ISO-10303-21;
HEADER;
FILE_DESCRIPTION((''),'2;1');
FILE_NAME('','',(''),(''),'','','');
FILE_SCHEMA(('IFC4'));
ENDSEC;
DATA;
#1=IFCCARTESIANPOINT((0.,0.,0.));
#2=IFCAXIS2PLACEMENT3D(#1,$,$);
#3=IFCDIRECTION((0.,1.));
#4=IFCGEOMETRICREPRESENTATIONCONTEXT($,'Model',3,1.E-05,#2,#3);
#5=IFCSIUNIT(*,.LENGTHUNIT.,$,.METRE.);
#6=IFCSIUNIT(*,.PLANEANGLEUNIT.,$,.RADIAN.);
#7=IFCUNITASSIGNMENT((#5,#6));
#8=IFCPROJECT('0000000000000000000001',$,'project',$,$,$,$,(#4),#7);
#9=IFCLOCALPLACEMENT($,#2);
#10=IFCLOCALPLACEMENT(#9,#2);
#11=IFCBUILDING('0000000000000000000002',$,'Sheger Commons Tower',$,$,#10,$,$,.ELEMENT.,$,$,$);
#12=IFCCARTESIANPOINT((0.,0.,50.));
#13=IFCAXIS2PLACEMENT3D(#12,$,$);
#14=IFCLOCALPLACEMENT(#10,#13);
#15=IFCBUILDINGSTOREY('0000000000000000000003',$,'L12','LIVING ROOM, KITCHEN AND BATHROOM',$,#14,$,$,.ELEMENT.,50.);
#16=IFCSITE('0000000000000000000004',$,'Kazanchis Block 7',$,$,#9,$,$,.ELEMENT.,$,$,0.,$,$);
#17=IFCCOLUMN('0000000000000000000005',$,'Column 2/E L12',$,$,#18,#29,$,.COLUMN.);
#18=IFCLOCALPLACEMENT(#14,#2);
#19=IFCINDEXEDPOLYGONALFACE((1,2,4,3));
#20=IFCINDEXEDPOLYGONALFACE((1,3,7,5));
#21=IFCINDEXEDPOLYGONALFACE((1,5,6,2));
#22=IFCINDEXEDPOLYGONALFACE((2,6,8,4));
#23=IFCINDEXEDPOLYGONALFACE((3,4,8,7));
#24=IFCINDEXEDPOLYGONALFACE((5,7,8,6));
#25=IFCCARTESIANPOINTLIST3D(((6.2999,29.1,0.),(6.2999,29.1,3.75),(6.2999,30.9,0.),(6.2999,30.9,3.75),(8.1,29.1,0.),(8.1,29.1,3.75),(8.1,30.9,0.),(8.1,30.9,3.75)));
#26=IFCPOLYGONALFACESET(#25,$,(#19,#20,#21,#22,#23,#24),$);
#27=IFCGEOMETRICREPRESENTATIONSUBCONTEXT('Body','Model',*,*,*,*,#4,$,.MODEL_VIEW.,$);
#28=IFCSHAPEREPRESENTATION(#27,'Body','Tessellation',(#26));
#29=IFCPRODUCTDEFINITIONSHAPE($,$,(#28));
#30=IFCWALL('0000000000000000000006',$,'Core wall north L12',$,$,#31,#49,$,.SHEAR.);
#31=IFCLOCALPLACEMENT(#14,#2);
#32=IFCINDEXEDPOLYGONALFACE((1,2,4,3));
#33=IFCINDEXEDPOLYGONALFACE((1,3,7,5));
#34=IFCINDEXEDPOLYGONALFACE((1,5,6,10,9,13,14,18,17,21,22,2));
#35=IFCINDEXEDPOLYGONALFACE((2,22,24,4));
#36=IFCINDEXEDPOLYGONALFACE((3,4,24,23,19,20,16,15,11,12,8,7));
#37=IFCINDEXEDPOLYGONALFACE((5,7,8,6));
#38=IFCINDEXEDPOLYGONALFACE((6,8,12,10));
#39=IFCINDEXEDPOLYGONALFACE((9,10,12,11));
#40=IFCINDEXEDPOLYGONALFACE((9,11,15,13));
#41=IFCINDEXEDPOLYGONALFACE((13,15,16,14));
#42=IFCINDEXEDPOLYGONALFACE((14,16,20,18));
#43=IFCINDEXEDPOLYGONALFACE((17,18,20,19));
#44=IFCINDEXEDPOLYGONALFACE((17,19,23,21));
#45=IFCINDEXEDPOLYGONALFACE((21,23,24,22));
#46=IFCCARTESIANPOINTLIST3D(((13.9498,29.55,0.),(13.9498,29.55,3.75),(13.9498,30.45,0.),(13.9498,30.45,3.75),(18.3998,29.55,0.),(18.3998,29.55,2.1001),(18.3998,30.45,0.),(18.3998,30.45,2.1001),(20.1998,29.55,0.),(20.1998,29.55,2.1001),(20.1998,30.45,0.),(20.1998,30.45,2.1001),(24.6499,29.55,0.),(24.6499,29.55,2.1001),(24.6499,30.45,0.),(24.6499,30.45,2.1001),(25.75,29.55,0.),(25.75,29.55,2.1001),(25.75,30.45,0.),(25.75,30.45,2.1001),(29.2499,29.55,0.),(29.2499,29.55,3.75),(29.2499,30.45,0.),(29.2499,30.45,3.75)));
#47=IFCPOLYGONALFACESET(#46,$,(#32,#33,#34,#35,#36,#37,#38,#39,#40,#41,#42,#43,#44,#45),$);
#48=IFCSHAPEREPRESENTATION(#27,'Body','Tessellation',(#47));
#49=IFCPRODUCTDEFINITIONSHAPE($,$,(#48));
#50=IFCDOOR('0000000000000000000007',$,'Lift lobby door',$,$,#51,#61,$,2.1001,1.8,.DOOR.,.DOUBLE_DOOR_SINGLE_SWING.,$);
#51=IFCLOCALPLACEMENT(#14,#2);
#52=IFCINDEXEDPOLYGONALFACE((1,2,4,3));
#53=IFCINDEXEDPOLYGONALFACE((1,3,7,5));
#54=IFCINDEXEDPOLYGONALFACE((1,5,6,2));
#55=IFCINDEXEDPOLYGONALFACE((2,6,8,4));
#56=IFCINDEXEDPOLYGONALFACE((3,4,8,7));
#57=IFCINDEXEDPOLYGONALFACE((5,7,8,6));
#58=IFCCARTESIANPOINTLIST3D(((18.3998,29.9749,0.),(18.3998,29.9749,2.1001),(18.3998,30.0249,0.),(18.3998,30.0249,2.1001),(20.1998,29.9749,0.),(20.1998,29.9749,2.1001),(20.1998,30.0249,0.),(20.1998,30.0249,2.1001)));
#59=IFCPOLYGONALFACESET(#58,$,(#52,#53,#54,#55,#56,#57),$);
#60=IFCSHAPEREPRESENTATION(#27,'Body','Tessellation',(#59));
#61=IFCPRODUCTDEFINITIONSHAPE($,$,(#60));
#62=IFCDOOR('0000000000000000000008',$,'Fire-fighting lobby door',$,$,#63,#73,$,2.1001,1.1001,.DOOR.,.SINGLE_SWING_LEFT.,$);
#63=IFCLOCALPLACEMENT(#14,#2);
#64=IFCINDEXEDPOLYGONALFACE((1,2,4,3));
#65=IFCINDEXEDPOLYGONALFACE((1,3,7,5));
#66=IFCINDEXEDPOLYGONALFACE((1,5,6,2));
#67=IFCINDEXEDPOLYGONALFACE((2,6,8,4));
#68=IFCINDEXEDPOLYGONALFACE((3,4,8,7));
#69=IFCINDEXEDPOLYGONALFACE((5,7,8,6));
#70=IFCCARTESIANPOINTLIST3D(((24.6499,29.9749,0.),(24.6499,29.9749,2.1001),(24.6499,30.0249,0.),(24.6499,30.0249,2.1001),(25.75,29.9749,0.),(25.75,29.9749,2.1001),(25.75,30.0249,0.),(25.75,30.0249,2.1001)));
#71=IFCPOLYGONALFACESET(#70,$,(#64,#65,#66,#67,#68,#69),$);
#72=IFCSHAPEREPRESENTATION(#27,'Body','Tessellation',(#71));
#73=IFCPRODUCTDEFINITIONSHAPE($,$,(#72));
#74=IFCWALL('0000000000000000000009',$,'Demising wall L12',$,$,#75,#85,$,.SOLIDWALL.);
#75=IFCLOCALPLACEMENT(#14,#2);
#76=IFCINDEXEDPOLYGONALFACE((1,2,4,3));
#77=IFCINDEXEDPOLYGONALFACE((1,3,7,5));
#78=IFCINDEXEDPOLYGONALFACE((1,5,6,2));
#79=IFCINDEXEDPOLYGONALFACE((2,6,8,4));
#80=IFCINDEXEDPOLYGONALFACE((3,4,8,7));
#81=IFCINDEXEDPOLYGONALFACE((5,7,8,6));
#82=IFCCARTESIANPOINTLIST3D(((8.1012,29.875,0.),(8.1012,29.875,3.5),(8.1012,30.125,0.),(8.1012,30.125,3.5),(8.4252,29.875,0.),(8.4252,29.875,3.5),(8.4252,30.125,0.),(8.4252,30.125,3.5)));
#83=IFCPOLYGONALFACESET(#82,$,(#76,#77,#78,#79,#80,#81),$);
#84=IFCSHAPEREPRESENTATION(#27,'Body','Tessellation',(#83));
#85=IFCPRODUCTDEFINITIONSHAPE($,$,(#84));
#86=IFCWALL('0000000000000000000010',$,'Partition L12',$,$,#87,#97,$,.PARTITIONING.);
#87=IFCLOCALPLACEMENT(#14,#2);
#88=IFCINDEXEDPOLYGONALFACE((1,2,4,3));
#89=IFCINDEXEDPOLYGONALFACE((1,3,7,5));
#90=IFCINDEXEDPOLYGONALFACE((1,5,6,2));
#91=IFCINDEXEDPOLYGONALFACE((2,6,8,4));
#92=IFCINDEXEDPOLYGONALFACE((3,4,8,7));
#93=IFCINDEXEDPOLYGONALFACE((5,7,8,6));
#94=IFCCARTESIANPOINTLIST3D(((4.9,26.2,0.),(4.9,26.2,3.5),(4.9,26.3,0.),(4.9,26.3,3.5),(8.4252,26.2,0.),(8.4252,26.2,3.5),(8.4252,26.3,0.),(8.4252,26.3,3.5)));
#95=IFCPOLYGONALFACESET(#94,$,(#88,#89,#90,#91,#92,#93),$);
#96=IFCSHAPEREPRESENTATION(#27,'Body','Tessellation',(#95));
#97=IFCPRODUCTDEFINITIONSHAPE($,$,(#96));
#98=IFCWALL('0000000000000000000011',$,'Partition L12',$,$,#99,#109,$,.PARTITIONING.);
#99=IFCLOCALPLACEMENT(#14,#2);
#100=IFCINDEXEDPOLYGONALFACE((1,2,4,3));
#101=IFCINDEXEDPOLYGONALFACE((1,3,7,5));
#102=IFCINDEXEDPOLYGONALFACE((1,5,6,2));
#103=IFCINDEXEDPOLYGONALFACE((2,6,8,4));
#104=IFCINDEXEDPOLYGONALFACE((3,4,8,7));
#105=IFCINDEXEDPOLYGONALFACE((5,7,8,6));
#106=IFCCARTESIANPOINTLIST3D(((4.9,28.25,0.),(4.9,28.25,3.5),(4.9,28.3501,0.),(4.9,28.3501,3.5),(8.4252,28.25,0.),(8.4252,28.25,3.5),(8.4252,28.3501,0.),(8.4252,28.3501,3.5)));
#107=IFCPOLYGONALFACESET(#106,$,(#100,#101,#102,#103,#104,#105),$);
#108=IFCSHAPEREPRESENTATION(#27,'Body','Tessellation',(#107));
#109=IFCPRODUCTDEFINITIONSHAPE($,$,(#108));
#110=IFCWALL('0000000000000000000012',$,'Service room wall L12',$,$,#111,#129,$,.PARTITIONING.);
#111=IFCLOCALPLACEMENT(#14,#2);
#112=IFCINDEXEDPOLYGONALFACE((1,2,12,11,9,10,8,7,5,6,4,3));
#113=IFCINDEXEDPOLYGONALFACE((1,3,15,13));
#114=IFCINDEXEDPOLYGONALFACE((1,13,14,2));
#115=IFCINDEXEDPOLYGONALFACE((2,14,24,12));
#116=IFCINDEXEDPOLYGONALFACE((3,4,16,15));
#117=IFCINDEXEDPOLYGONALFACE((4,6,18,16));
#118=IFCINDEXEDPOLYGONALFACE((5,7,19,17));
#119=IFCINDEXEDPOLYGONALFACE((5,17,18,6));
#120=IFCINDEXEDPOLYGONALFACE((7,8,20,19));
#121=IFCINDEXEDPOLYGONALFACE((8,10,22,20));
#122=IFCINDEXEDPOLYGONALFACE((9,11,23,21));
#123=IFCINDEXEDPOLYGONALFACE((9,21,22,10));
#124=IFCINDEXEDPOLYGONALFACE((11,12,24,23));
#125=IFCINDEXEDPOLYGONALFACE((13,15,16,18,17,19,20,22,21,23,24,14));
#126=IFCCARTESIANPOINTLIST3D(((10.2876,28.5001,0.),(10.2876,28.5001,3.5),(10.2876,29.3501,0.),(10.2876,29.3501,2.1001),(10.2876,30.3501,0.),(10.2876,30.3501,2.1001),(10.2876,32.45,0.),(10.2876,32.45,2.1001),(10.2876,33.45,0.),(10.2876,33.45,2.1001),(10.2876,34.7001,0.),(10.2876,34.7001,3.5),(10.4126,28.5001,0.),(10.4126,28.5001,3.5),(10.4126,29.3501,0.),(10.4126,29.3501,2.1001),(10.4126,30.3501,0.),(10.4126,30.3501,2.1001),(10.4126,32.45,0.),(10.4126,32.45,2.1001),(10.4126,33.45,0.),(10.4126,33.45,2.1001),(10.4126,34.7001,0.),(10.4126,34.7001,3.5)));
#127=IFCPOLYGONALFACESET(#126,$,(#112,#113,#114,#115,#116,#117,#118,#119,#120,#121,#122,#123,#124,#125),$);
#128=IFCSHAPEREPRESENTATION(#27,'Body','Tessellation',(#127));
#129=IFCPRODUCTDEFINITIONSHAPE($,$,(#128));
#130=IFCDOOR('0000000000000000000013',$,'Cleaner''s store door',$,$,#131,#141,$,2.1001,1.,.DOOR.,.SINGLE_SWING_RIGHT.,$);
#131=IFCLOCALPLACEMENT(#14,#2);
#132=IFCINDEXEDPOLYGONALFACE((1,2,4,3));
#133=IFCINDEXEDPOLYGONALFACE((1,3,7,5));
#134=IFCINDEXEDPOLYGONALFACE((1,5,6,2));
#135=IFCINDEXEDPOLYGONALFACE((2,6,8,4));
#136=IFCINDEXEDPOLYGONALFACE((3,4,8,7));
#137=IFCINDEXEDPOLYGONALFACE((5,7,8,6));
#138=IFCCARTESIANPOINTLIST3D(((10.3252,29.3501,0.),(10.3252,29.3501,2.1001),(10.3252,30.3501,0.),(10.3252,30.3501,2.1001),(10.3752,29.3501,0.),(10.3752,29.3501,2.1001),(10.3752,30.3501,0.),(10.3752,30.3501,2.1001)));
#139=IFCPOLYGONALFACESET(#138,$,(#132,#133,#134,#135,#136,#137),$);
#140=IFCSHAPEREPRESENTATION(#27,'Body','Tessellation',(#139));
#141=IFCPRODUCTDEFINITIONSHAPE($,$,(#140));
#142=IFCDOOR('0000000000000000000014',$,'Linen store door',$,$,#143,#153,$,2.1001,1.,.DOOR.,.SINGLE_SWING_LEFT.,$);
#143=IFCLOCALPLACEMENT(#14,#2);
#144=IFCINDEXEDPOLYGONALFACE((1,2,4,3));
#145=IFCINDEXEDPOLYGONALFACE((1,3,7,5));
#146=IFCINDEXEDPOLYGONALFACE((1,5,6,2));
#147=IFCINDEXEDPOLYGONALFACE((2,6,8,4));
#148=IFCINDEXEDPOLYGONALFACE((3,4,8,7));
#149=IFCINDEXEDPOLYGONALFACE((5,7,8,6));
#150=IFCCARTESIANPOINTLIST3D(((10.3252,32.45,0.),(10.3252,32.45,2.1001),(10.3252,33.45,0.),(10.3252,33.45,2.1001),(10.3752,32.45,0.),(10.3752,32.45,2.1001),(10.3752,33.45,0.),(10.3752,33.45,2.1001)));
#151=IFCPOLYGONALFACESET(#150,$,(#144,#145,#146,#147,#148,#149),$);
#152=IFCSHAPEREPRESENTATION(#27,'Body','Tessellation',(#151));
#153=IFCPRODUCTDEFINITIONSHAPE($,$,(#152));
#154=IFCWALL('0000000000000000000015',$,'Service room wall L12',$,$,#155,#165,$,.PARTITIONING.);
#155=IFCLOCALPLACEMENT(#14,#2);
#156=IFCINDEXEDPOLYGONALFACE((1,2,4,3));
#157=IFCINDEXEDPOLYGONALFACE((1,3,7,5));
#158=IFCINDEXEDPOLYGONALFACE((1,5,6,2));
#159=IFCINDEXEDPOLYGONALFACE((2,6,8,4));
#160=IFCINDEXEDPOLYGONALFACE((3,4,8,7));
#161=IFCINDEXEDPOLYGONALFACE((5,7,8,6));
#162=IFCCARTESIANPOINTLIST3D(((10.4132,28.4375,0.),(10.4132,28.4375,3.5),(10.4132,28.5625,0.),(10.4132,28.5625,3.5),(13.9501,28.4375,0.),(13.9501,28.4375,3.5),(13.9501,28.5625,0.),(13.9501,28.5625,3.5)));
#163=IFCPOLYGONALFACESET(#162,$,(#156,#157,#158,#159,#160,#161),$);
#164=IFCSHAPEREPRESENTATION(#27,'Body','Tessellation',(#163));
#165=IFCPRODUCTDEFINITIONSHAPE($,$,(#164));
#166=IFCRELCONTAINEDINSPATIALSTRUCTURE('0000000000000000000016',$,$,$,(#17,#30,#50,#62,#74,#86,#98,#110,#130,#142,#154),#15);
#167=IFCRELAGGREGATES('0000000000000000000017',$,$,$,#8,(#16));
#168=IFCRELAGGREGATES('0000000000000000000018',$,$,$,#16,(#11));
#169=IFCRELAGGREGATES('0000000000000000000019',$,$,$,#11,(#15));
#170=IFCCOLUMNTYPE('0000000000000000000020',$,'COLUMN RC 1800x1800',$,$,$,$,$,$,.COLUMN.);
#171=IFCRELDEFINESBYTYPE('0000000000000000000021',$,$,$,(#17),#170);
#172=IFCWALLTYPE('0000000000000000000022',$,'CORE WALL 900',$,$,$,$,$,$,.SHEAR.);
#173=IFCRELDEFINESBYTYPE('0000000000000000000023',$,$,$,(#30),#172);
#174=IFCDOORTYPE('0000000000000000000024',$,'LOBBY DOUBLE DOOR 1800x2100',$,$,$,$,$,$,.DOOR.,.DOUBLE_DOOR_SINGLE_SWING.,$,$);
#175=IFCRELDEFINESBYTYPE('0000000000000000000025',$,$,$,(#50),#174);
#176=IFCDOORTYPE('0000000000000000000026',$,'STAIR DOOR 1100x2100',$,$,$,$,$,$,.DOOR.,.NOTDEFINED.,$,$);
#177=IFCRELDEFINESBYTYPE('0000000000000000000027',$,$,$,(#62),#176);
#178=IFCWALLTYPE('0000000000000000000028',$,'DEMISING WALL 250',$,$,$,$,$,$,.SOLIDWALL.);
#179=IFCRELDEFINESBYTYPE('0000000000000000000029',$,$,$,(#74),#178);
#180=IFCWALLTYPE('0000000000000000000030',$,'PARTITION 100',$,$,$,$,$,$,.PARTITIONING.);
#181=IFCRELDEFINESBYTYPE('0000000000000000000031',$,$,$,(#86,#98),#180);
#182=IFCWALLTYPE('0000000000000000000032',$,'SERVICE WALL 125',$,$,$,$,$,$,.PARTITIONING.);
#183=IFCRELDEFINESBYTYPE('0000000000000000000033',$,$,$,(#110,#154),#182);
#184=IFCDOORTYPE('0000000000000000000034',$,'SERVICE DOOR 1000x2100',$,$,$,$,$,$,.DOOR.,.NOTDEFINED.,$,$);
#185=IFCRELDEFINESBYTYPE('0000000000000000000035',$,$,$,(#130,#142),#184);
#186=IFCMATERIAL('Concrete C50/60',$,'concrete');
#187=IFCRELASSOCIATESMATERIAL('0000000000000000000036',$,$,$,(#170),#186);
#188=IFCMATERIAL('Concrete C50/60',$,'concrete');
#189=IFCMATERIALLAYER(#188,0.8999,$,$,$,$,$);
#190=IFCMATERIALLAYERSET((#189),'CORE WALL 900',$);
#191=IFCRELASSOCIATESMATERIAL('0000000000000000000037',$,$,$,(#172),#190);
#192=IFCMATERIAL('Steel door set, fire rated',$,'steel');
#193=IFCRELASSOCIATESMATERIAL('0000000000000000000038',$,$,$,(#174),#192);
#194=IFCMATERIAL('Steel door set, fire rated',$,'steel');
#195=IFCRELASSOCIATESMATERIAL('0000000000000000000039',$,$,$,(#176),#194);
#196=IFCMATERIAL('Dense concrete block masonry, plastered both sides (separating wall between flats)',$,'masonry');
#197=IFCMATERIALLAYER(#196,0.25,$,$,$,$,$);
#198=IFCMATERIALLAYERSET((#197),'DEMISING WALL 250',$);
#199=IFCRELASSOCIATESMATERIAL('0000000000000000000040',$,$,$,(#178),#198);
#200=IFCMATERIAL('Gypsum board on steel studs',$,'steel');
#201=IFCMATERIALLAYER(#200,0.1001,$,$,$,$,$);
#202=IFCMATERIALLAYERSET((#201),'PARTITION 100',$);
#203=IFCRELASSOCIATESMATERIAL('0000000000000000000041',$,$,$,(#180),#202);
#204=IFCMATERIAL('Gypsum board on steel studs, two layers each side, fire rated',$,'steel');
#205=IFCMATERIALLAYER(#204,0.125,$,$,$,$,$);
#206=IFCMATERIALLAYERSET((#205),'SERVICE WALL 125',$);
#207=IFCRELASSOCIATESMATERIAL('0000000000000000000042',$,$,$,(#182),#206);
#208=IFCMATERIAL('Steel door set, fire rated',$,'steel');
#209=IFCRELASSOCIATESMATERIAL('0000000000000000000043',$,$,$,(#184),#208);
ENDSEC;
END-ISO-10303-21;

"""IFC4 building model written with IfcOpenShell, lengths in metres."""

from ifc_helpers import new_model, si_unit, direction, frame, frame_2d, origin, origin_2d, place, context, subcontext, project, spatial, rectangle, extrude, material, layer, layer_set, material_profile, profile_set, type_object, element, fill, save


model = new_model("IFC4")

# Units and contexts
model_context = context("Model", 3, precision=1e-05, world=origin(), true_north=direction((0.0, 1.0)))
body_context = subcontext(model_context, "Body", "Model", "MODEL_VIEW")
ifc_project = project(units=[si_unit("LENGTHUNIT", "METRE"), si_unit("PLANEANGLEUNIT", "RADIAN")], contexts=[model_context])

# Site, building, storey
site_placement = place(None, origin())
site = spatial("IfcSite", under=ifc_project, at=site_placement, Name="Kazanchis Block 7", CompositionType="ELEMENT", RefElevation=0.0)
building_placement = place(site_placement, origin())
building = spatial("IfcBuilding", under=site, at=building_placement, Name="Sheger Commons Tower", CompositionType="ELEMENT")
storey_placement = place(building_placement, frame((0.0, 0.0, 50.0)))
storey = spatial("IfcBuildingStorey", under=building, at=storey_placement, Name="L12", Description="LIVING ROOM, KITCHEN AND BATHROOM", CompositionType="ELEMENT", Elevation=50.0)

# Column
ifc_material_1 = material(Name="Concrete C50/60", Category="concrete")
ifc_material_profile = material_profile(ifc_material_1, rectangle(XDim=1.8, YDim=1.8, at=origin_2d()), Name="RC 1800x1800")
ifc_profile_set = profile_set([ifc_material_profile], Name="Concrete C50/60")
column_type = type_object("IfcColumnType", Name="COLUMN RC 1800x1800", PredefinedType="COLUMN", material=ifc_profile_set)
column_placement = place(storey_placement, frame((7.2, 30.0, 0.0), z_axis=(0.0, 0.0, 1.0), x_axis=(1.0, 0.0, 0.0)))
element("IfcColumn", 1, at=column_placement, inside=storey, type_object=column_type, Name="Column 2/E L12", PredefinedType="COLUMN", context=body_context, shape_type="SweptSolid", body=[
    extrude(rectangle(XDim=1.8, YDim=1.8, at=origin_2d()), origin(), (0.0, 0.0, 1.0), 3.75),
])

# Wall, openings, doors
ifc_material_2 = material(Name="Concrete C50/60", Category="concrete")
ifc_layer_1 = layer(ifc_material_2, 0.8999)
ifc_layer_set_1 = layer_set([ifc_layer_1], Name="CORE WALL 900")
wall_type_1 = type_object("IfcWallType", Name="CORE WALL 900", PredefinedType="SHEAR", material=ifc_layer_set_1)
wall_1_placement = place(storey_placement, frame((13.95, 30.0, 0.0), z_axis=(0.0, 0.0, 1.0), x_axis=(1.0, 0.0, 0.0)))
wall_1 = element("IfcWall", 2, at=wall_1_placement, inside=storey, type_object=wall_type_1, Name="Core wall north L12", PredefinedType="SHEAR", context=body_context, shape_type="SweptSolid", body=[
    extrude(rectangle(XDim=15.3, YDim=0.8999, at=frame_2d((7.6499, 0.0))), origin(), (0.0, 0.0, 1.0), 3.75),
])
opening_1_placement = place(wall_1_placement, frame((4.45, 0.0, 0.0)))
opening_1 = element("IfcOpeningElement", 3, at=opening_1_placement, cuts=wall_1, PredefinedType="OPENING", context=body_context, shape_type="SweptSolid", body=[
    extrude(rectangle(XDim=1.8, YDim=2.1001, at=frame_2d((0.8999, 1.05))), frame((0.0, 0.46, 0.0), z_axis=(0.0, -1.0, 0.0), x_axis=(1.0, 0.0, 0.0)), (0.0, 0.0, 1.0), 0.9199),
])
opening_2_placement = place(wall_1_placement, frame((10.7, 0.0, 0.0)))
opening_2 = element("IfcOpeningElement", 4, at=opening_2_placement, cuts=wall_1, PredefinedType="OPENING", context=body_context, shape_type="SweptSolid", body=[
    extrude(rectangle(XDim=1.1001, YDim=2.1001, at=frame_2d((0.55, 1.05))), frame((0.0, 0.46, 0.0), z_axis=(0.0, -1.0, 0.0), x_axis=(1.0, 0.0, 0.0)), (0.0, 0.0, 1.0), 0.9199),
])
ifc_material_3 = material(Name="Steel door set, fire rated", Category="steel")
door_type_1 = type_object("IfcDoorType", Name="LOBBY DOUBLE DOOR 1800x2100", OperationType="DOUBLE_DOOR_SINGLE_SWING", PredefinedType="DOOR", material=ifc_material_3)
door_1_placement = place(opening_1_placement, origin())
door_1 = element("IfcDoor", 5, at=door_1_placement, inside=storey, type_object=door_type_1, Name="Lift lobby door", OperationType="DOUBLE_DOOR_SINGLE_SWING", OverallHeight=2.1001, OverallWidth=1.8, PredefinedType="DOOR", context=body_context, shape_type="SweptSolid", body=[
    extrude(rectangle(XDim=1.8, YDim=2.1001, at=frame_2d((0.8999, 1.05))), frame((0.0, 0.0249, 0.0), z_axis=(0.0, -1.0, 0.0), x_axis=(1.0, 0.0, 0.0)), (0.0, 0.0, 1.0), 0.05),
])
fill(opening_1, door_1)
ifc_material_4 = material(Name="Steel door set, fire rated", Category="steel")
door_type_2 = type_object("IfcDoorType", Name="STAIR DOOR 1100x2100", OperationType="NOTDEFINED", PredefinedType="DOOR", material=ifc_material_4)
door_2_placement = place(opening_2_placement, origin())
door_2 = element("IfcDoor", 6, at=door_2_placement, inside=storey, type_object=door_type_2, Name="Fire-fighting lobby door", OperationType="SINGLE_SWING_LEFT", OverallHeight=2.1001, OverallWidth=1.1001, PredefinedType="DOOR", context=body_context, shape_type="SweptSolid", body=[
    extrude(rectangle(XDim=1.1001, YDim=2.1001, at=frame_2d((0.55, 1.05))), frame((0.0, 0.0249, 0.0), z_axis=(0.0, -1.0, 0.0), x_axis=(1.0, 0.0, 0.0)), (0.0, 0.0, 1.0), 0.05),
])
fill(opening_2, door_2)

# Walls
ifc_material_5 = material(Name="Dense concrete block masonry, plastered both sides (separating wall between flats)", Category="masonry")
ifc_layer_2 = layer(ifc_material_5, 0.25)
ifc_layer_set_2 = layer_set([ifc_layer_2], Name="DEMISING WALL 250")
wall_type_2 = type_object("IfcWallType", Name="DEMISING WALL 250", PredefinedType="SOLIDWALL", material=ifc_layer_set_2)
wall_2_placement = place(storey_placement, frame((8.1011, 30.0, 0.0), z_axis=(0.0, 0.0, 1.0), x_axis=(1.0, 0.0, 0.0)))
element("IfcWall", 7, at=wall_2_placement, inside=storey, type_object=wall_type_2, Name="Demising wall L12", PredefinedType="SOLIDWALL", context=body_context, shape_type="SweptSolid", body=[
    extrude(rectangle(XDim=0.324, YDim=0.25, at=frame_2d((0.1621, 0.0))), origin(), (0.0, 0.0, 1.0), 3.5),
])
ifc_material_6 = material(Name="Gypsum board on steel studs", Category="steel")
ifc_layer_3 = layer(ifc_material_6, 0.1001)
ifc_layer_set_3 = layer_set([ifc_layer_3], Name="PARTITION 100")
wall_type_3 = type_object("IfcWallType", Name="PARTITION 100", PredefinedType="PARTITIONING", material=ifc_layer_set_3)
for number, where, z_axis, x_axis, name in (
    (8, (4.8999, 26.25, 0.0), (0.0, 0.0, 1.0), (1.0, 0.0, 0.0), "Partition L12"),
    (9, (4.8999, 28.3, 0.0), (0.0, 0.0, 1.0), (1.0, 0.0, 0.0), "Partition L12"),
):
    element("IfcWall", number, at=place(storey_placement, frame(where, z_axis=z_axis, x_axis=x_axis)), inside=storey, type_object=wall_type_3, Name=name, PredefinedType="PARTITIONING", context=body_context, shape_type="SweptSolid", body=[
        extrude(rectangle(XDim=3.5251, YDim=0.1001, at=frame_2d((1.7627, 0.0))), origin(), (0.0, 0.0, 1.0), 3.5),
    ])

# Wall, openings, doors
ifc_material_7 = material(Name="Gypsum board on steel studs, two layers each side, fire rated", Category="steel")
ifc_layer_4 = layer(ifc_material_7, 0.125)
ifc_layer_set_4 = layer_set([ifc_layer_4], Name="SERVICE WALL 125")
wall_type_4 = type_object("IfcWallType", Name="SERVICE WALL 125", PredefinedType="PARTITIONING", material=ifc_layer_set_4)
wall_3_placement = place(storey_placement, frame((10.3501, 28.5, 0.0), z_axis=(0.0, 0.0, 1.0), x_axis=(0.0, 1.0, 0.0)))
wall_3 = element("IfcWall", 10, at=wall_3_placement, inside=storey, type_object=wall_type_4, Name="Service room wall L12", PredefinedType="PARTITIONING", context=body_context, shape_type="SweptSolid", body=[
    extrude(rectangle(XDim=6.2, YDim=0.125, at=frame_2d((3.1001, 0.0))), origin(), (0.0, 0.0, 1.0), 3.5),
])
opening_3_placement = place(wall_3_placement, frame((0.8501, 0.0, 0.0)))
opening_3 = element("IfcOpeningElement", 11, at=opening_3_placement, cuts=wall_3, PredefinedType="OPENING", context=body_context, shape_type="SweptSolid", body=[
    extrude(rectangle(XDim=1.0, YDim=2.1001, at=frame_2d((0.5, 1.05))), frame((0.0, 0.0725, 0.0), z_axis=(0.0, -1.0, 0.0), x_axis=(1.0, 0.0, 0.0)), (0.0, 0.0, 1.0), 0.145),
])
opening_4_placement = place(wall_3_placement, frame((3.95, 0.0, 0.0)))
opening_4 = element("IfcOpeningElement", 12, at=opening_4_placement, cuts=wall_3, PredefinedType="OPENING", context=body_context, shape_type="SweptSolid", body=[
    extrude(rectangle(XDim=1.0, YDim=2.1001, at=frame_2d((0.5, 1.05))), frame((0.0, 0.0725, 0.0), z_axis=(0.0, -1.0, 0.0), x_axis=(1.0, 0.0, 0.0)), (0.0, 0.0, 1.0), 0.145),
])
ifc_material_8 = material(Name="Steel door set, fire rated", Category="steel")
door_type_3 = type_object("IfcDoorType", Name="SERVICE DOOR 1000x2100", OperationType="NOTDEFINED", PredefinedType="DOOR", material=ifc_material_8)
door_3_placement = place(opening_3_placement, origin())
door_3 = element("IfcDoor", 13, at=door_3_placement, inside=storey, type_object=door_type_3, Name="Cleaner's store door", OperationType="SINGLE_SWING_RIGHT", OverallHeight=2.1001, OverallWidth=1.0, PredefinedType="DOOR", context=body_context, shape_type="SweptSolid", body=[
    extrude(rectangle(XDim=1.0, YDim=2.1001, at=frame_2d((0.5, 1.05))), frame((0.0, 0.0249, 0.0), z_axis=(0.0, -1.0, 0.0), x_axis=(1.0, 0.0, 0.0)), (0.0, 0.0, 1.0), 0.05),
])
fill(opening_3, door_3)
door_4_placement = place(opening_4_placement, origin())
door_4 = element("IfcDoor", 14, at=door_4_placement, inside=storey, type_object=door_type_3, Name="Linen store door", OperationType="SINGLE_SWING_LEFT", OverallHeight=2.1001, OverallWidth=1.0, PredefinedType="DOOR", context=body_context, shape_type="SweptSolid", body=[
    extrude(rectangle(XDim=1.0, YDim=2.1001, at=frame_2d((0.5, 1.05))), frame((0.0, 0.0249, 0.0), z_axis=(0.0, -1.0, 0.0), x_axis=(1.0, 0.0, 0.0)), (0.0, 0.0, 1.0), 0.05),
])
fill(opening_4, door_4)

# Wall
wall_4_placement = place(storey_placement, frame((10.4131, 28.5, 0.0), z_axis=(0.0, 0.0, 1.0), x_axis=(1.0, 0.0, 0.0)))
element("IfcWall", 15, at=wall_4_placement, inside=storey, type_object=wall_type_4, Name="Service room wall L12", PredefinedType="PARTITIONING", context=body_context, shape_type="SweptSolid", body=[
    extrude(rectangle(XDim=3.5369, YDim=0.125, at=frame_2d((1.7686, 0.0))), origin(), (0.0, 0.0, 1.0), 3.5),
])

save(model, "model.ifc")
